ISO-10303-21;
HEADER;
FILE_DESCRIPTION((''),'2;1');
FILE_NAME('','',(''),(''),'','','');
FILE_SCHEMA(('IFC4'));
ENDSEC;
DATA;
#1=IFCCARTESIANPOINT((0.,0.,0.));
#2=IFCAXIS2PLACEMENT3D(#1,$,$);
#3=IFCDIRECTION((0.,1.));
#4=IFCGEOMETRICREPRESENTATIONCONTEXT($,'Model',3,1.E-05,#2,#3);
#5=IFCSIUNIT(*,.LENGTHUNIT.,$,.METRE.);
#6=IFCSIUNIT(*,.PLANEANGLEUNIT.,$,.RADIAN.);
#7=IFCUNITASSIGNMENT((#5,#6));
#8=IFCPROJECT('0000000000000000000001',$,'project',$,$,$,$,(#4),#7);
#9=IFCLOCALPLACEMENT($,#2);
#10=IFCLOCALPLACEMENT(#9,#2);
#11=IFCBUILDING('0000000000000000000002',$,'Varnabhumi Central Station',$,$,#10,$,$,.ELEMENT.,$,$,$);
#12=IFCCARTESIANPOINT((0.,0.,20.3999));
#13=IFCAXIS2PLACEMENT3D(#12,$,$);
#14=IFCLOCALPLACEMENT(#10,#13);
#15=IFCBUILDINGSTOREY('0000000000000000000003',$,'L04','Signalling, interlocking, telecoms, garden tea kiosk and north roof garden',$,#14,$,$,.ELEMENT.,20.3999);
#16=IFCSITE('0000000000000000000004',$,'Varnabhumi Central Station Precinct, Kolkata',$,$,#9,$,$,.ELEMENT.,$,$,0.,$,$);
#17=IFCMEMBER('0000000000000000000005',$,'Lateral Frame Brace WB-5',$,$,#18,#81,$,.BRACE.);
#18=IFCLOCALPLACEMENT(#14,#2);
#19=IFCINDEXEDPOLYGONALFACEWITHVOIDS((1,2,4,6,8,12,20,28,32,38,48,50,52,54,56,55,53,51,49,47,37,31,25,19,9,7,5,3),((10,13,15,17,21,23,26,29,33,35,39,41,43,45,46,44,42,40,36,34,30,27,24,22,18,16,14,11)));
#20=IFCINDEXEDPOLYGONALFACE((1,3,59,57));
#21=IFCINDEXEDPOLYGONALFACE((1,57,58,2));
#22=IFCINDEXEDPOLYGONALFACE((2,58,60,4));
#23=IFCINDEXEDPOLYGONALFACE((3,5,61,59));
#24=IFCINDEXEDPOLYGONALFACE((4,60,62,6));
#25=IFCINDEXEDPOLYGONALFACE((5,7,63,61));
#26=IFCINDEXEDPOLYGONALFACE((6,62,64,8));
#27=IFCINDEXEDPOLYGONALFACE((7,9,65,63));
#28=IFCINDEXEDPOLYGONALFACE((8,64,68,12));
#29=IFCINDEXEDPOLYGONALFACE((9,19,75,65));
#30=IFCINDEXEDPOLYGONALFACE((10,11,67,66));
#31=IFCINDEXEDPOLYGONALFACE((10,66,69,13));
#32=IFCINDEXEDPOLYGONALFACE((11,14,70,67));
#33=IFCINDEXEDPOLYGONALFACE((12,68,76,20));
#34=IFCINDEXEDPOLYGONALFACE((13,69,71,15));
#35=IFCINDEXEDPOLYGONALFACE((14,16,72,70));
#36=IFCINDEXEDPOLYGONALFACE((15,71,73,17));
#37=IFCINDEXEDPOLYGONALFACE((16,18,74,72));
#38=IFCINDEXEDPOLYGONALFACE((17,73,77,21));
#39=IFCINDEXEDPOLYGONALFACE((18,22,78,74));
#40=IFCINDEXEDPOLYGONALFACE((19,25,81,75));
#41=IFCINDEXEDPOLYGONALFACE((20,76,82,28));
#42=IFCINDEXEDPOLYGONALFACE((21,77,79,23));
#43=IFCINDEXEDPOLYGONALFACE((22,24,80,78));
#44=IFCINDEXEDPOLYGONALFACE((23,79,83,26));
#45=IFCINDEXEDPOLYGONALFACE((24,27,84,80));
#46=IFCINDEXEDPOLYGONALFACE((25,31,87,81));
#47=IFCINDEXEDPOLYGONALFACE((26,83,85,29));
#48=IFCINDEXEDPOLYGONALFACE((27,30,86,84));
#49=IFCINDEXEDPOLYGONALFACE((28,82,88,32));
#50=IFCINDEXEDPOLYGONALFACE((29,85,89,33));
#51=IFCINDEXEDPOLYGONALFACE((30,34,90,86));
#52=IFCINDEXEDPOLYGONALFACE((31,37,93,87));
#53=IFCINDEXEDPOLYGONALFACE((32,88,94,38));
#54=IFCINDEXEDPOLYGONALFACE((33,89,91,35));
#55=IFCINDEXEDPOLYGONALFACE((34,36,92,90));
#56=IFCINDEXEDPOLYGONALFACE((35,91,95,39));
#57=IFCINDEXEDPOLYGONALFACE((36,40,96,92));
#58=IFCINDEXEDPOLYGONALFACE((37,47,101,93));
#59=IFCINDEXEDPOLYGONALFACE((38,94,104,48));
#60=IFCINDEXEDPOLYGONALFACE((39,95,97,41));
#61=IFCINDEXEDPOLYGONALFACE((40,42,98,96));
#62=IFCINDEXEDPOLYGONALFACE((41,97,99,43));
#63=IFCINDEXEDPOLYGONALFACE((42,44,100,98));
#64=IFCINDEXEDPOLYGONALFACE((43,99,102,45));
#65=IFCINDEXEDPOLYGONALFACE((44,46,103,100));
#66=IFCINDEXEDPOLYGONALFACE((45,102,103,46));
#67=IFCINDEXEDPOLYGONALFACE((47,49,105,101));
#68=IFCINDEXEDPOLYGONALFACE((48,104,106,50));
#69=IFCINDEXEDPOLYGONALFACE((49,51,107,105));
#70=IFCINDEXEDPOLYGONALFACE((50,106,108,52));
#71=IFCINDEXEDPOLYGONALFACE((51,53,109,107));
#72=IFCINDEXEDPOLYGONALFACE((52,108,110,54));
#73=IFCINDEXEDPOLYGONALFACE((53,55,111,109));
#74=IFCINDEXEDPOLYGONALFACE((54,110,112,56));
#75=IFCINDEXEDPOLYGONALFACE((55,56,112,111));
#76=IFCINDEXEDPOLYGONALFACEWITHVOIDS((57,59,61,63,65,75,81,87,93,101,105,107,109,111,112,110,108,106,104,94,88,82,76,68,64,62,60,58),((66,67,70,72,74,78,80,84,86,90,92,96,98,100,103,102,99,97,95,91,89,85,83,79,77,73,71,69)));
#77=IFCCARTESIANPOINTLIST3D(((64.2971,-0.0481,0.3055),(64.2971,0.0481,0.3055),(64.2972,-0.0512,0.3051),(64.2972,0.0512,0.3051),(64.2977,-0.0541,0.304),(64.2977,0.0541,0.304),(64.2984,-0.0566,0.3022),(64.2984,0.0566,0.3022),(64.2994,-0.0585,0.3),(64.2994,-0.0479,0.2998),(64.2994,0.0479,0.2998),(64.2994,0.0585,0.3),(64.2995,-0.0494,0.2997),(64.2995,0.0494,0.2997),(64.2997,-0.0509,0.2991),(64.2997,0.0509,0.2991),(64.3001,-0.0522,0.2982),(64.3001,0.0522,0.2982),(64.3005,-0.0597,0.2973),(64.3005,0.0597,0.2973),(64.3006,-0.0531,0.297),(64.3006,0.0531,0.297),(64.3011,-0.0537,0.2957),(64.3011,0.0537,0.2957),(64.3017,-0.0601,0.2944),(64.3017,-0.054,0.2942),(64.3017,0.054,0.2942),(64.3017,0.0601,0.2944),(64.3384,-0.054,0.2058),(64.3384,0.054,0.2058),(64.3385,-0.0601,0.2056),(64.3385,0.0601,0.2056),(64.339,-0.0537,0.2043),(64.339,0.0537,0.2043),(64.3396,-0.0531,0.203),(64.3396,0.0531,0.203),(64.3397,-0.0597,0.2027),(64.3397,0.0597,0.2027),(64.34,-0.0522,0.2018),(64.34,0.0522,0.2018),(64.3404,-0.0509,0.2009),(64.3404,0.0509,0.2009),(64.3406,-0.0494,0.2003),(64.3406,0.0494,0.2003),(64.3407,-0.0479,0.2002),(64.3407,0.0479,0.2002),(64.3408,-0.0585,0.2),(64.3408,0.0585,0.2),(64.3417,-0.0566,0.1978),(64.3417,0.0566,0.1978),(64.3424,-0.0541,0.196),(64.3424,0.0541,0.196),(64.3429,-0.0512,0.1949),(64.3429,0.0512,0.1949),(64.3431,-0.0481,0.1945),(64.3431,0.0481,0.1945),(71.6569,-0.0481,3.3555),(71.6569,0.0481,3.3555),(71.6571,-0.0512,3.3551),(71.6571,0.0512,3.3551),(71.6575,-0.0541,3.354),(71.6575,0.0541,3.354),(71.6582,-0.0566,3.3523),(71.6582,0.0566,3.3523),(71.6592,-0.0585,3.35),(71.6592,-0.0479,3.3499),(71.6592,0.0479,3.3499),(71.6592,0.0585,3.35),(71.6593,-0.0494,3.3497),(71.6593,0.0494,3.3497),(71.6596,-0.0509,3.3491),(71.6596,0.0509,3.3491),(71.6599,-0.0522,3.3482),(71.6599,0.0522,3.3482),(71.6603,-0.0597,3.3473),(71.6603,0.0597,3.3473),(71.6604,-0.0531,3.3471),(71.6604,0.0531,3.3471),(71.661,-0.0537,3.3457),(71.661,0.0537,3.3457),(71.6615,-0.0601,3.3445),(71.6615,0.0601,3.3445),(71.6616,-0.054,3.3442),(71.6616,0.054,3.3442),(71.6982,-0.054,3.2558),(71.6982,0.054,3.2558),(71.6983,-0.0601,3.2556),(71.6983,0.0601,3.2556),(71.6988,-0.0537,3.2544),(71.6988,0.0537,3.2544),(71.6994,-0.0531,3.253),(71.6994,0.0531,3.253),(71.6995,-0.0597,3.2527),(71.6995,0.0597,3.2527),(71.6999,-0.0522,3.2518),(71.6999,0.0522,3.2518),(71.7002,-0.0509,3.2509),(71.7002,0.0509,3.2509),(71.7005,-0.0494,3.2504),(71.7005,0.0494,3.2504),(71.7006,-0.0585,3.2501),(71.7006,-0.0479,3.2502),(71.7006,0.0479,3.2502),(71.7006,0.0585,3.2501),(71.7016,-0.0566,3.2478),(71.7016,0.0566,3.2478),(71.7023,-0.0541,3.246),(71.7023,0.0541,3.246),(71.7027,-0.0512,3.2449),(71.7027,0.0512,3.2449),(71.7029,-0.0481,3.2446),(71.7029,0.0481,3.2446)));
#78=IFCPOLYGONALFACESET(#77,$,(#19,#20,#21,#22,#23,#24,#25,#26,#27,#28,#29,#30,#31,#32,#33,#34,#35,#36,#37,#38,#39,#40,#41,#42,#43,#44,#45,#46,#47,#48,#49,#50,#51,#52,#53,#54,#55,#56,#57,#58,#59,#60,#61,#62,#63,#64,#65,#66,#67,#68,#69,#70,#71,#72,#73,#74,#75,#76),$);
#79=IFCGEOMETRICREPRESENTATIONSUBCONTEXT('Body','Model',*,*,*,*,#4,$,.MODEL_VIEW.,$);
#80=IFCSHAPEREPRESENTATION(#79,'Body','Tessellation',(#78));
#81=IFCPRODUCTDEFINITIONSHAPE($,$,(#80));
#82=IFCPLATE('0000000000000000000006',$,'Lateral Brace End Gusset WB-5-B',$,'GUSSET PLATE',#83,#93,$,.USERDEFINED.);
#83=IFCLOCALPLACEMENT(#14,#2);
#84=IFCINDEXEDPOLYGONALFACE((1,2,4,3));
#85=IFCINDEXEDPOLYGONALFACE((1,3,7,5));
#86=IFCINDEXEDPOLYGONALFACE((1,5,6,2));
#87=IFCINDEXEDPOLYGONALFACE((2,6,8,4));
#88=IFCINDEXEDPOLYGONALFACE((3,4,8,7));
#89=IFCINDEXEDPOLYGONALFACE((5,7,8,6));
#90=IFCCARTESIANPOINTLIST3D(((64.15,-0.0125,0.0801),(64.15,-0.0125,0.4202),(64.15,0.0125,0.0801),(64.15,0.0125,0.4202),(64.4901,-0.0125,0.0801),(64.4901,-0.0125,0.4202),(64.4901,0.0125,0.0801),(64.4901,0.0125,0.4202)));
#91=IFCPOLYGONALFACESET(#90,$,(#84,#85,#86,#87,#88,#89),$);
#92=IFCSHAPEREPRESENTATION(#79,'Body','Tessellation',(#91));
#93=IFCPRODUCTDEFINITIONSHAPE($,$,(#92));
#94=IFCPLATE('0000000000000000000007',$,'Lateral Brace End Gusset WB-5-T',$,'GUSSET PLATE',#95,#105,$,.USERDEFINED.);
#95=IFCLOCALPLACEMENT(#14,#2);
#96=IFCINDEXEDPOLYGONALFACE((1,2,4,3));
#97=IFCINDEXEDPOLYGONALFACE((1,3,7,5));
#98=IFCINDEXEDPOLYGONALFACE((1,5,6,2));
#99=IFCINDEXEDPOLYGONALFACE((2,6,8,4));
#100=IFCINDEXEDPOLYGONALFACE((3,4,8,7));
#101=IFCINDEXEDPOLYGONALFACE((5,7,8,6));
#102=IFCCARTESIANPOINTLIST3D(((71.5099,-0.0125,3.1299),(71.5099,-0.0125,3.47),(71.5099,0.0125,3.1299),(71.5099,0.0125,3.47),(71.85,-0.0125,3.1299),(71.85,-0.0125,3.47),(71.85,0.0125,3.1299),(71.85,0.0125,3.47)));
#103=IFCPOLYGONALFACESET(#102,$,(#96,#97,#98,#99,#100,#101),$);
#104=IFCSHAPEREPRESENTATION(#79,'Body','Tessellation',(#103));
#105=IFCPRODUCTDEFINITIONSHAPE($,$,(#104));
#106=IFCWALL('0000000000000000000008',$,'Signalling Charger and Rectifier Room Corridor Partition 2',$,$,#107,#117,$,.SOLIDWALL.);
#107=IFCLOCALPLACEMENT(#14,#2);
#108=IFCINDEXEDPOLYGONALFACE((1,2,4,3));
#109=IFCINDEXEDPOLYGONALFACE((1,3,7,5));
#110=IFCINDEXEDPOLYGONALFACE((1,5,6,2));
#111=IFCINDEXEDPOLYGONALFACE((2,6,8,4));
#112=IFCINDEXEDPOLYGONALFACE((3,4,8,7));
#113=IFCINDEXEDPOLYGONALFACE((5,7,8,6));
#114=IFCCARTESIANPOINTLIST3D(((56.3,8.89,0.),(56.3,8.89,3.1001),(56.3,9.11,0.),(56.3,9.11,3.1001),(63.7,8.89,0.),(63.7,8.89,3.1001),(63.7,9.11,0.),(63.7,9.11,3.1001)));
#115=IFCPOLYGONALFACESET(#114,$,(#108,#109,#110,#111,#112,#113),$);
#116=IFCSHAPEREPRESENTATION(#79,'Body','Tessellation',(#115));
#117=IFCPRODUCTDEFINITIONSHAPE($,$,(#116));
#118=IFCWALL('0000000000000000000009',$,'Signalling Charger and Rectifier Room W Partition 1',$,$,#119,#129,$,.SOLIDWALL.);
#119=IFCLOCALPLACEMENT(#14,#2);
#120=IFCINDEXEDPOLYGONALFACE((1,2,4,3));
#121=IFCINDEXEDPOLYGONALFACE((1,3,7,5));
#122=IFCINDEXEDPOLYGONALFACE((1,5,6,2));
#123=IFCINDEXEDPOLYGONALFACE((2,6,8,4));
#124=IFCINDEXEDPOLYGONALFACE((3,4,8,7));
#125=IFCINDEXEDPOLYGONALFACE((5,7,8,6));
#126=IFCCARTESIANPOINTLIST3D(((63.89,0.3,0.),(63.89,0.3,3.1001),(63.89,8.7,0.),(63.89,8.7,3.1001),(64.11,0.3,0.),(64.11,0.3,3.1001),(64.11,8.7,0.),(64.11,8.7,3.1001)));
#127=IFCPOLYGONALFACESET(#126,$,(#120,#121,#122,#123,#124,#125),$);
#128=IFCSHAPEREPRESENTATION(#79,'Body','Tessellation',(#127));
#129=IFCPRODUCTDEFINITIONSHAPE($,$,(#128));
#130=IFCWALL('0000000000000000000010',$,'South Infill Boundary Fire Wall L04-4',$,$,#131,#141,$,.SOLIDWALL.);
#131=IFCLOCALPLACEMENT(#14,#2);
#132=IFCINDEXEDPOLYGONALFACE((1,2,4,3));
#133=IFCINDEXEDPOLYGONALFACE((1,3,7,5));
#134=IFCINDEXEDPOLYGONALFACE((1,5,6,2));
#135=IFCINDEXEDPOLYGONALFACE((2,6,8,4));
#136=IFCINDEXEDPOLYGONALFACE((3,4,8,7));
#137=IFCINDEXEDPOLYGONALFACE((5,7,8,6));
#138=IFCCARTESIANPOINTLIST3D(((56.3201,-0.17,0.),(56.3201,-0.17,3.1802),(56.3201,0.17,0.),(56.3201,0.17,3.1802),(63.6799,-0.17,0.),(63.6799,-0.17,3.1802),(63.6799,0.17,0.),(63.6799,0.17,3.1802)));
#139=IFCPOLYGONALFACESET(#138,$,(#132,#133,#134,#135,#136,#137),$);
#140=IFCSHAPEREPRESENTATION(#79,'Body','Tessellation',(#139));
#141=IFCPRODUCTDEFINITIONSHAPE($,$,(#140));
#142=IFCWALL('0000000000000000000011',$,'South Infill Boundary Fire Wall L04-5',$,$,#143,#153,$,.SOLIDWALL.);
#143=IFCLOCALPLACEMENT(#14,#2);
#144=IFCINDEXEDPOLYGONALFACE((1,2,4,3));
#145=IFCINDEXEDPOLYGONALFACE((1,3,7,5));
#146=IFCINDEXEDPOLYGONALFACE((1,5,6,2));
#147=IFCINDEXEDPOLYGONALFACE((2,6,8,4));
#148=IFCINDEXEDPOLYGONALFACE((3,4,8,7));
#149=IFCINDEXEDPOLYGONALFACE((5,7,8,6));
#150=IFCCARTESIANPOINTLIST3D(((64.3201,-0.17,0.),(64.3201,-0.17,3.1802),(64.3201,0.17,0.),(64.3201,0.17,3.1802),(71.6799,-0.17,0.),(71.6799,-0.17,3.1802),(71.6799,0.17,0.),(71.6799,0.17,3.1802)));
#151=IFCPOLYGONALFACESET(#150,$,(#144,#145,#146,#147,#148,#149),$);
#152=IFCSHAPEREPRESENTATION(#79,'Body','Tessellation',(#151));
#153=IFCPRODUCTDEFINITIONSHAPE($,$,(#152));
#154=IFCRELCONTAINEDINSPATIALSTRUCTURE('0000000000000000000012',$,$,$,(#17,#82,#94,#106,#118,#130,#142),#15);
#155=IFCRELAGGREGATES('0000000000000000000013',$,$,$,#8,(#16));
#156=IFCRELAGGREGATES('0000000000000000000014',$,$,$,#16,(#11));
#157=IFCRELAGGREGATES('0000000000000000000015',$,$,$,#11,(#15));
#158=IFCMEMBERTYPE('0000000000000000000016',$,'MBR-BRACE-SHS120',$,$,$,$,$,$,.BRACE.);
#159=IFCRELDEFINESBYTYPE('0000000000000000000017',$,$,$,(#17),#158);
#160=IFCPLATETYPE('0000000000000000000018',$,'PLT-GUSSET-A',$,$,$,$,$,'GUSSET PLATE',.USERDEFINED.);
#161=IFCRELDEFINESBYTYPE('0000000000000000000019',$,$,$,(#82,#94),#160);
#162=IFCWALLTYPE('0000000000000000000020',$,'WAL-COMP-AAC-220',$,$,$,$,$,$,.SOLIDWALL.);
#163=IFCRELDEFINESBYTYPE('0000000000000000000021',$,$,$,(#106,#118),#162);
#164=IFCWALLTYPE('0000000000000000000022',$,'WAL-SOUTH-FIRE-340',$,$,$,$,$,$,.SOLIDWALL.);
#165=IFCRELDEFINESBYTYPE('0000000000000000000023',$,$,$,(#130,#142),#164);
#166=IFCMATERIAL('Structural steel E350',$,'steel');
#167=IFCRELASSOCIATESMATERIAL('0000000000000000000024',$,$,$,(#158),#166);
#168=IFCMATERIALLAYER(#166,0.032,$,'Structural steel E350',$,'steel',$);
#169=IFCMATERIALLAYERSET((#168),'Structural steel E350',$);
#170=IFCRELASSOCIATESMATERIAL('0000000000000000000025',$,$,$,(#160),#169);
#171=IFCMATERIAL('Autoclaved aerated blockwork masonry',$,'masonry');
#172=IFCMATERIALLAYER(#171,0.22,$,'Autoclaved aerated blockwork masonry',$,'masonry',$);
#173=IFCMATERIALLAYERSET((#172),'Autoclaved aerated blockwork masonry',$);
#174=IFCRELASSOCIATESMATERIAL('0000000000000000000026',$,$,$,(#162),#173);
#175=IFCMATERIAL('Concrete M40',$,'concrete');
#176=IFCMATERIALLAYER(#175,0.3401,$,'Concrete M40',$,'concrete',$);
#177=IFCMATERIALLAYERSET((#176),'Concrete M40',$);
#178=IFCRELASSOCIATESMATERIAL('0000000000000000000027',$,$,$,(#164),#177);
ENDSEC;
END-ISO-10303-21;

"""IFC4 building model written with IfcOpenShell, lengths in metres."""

from ifc_helpers import new_model, si_unit, direction, frame, frame_2d, origin, origin_2d, place, context, subcontext, project, spatial, rectangle, hollow_rectangle, extrude, material, layer, layer_set, material_profile, profile_set, type_object, element, save


model = new_model("IFC4")

# Units and contexts
model_context = context("Model", 3, precision=1e-05, world=origin(), true_north=direction((0.0, 1.0)))
body_context = subcontext(model_context, "Body", "Model", "MODEL_VIEW")
ifc_project = project(units=[si_unit("LENGTHUNIT", "METRE"), si_unit("PLANEANGLEUNIT", "RADIAN")], contexts=[model_context])

# Site, building, storey
site_placement = place(None, origin())
site = spatial("IfcSite", under=ifc_project, at=site_placement, Name="Varnabhumi Central Station Precinct, Kolkata", CompositionType="ELEMENT", RefElevation=0.0)
building_placement = place(site_placement, origin())
building = spatial("IfcBuilding", under=site, at=building_placement, Name="Varnabhumi Central Station", CompositionType="ELEMENT")
storey_placement = place(building_placement, frame((0.0, 0.0, 20.3999)))
storey = spatial("IfcBuildingStorey", under=building, at=storey_placement, Name="L04", Description="Signalling, interlocking, telecoms, garden tea kiosk and north roof garden", CompositionType="ELEMENT", Elevation=20.3999)

# Shared definitions
ifc_material_1 = material(Name="Concrete M40", Category="concrete")

# Shared definitions
ifc_material_2 = material(Name="Structural steel E350", Category="steel")

# Member
ifc_material_profile_1 = material_profile(ifc_material_2, hollow_rectangle(XDim=0.1201, YDim=0.1201, WallThickness=0.0061, InnerFilletRadius=0.0061, OuterFilletRadius=0.012, at=origin_2d()), Name="Structural steel E350", Category="steel")
ifc_profile_set_1 = profile_set([ifc_material_profile_1], Name="Structural steel E350")
member_type = type_object("IfcMemberType", Name="MBR-BRACE-SHS120", PredefinedType="BRACE", material=ifc_profile_set_1)
member_placement = place(storey_placement, frame((64.3201, 0.0, 0.25), z_axis=(0.923813, 0.0, 0.382843), x_axis=(0.0, 1.0, 0.0)))
element("IfcMember", 1, at=member_placement, inside=storey, type_object=member_type, Name="Lateral Frame Brace WB-5", PredefinedType="BRACE", context=body_context, shape_type="SweptSolid", body=[
    extrude(hollow_rectangle(XDim=0.1201, YDim=0.1201, WallThickness=0.0061, InnerFilletRadius=0.0061, OuterFilletRadius=0.012, at=origin_2d()), origin(), (0.0, 0.0, 1.0), 7.9668),
])

# Plates
ifc_layer_1 = layer(ifc_material_2, 0.032, Name="Structural steel E350", Category="steel")
ifc_layer_set_1 = layer_set([ifc_layer_1], Name="Structural steel E350")
plate_type = type_object("IfcPlateType", Name="PLT-GUSSET-A", ElementType="GUSSET PLATE", PredefinedType="USERDEFINED", material=ifc_layer_set_1)
for number, where, z_axis, x_axis, name in (
    (2, (64.3201, 0.0, 0.0801), (0.0, 0.0, 1.0), (1.0, 0.0, 0.0), "Lateral Brace End Gusset WB-5-B"),
    (3, (71.6799, 0.0, 3.1299), (0.0, 0.0, 1.0), (1.0, 0.0, 0.0), "Lateral Brace End Gusset WB-5-T"),
):
    element("IfcPlate", number, at=place(storey_placement, frame(where, z_axis=z_axis, x_axis=x_axis)), inside=storey, type_object=plate_type, Name=name, ObjectType="GUSSET PLATE", PredefinedType="USERDEFINED", context=body_context, shape_type="SweptSolid", body=[
        extrude(rectangle(XDim=0.3401, YDim=0.0249, at=origin_2d()), origin(), (0.0, 0.0, 1.0), 0.3401),
    ])

# Walls
ifc_material_3 = material(Name="Autoclaved aerated blockwork masonry", Category="masonry")
ifc_layer_2 = layer(ifc_material_3, 0.22, Name="Autoclaved aerated blockwork masonry", Category="masonry")
ifc_layer_set_2 = layer_set([ifc_layer_2], Name="Autoclaved aerated blockwork masonry")
wall_type_1 = type_object("IfcWallType", Name="WAL-COMP-AAC-220", PredefinedType="SOLIDWALL", material=ifc_layer_set_2)
wall_1_placement = place(storey_placement, frame((56.3, 9.0, 0.0), z_axis=(0.0, 0.0, 1.0), x_axis=(1.0, 0.0, 0.0)))
element("IfcWall", 4, at=wall_1_placement, inside=storey, type_object=wall_type_1, Name="Signalling Charger and Rectifier Room Corridor Partition 2", PredefinedType="SOLIDWALL", context=body_context, shape_type="SweptSolid", body=[
    extrude(rectangle(XDim=7.3999, YDim=0.22, at=frame_2d((3.7, 0.0))), origin(), (0.0, 0.0, 1.0), 3.1001),
])
wall_2_placement = place(storey_placement, frame((64.0, 0.3, 0.0), z_axis=(0.0, 0.0, 1.0), x_axis=(0.0, 1.0, 0.0)))
element("IfcWall", 5, at=wall_2_placement, inside=storey, type_object=wall_type_1, Name="Signalling Charger and Rectifier Room W Partition 1", PredefinedType="SOLIDWALL", context=body_context, shape_type="SweptSolid", body=[
    extrude(rectangle(XDim=8.3999, YDim=0.22, at=frame_2d((4.2, 0.0))), origin(), (0.0, 0.0, 1.0), 3.1001),
])

# Walls
ifc_layer_3 = layer(ifc_material_1, 0.3401, Name="Concrete M40", Category="concrete")
ifc_layer_set_3 = layer_set([ifc_layer_3], Name="Concrete M40")
wall_type_2 = type_object("IfcWallType", Name="WAL-SOUTH-FIRE-340", PredefinedType="SOLIDWALL", material=ifc_layer_set_3)
for number, where, z_axis, x_axis, name in (
    (6, (56.3201, 0.0, 0.0), (0.0, 0.0, 1.0), (1.0, 0.0, 0.0), "South Infill Boundary Fire Wall L04-4"),
    (7, (64.3201, 0.0, 0.0), (0.0, 0.0, 1.0), (1.0, 0.0, 0.0), "South Infill Boundary Fire Wall L04-5"),
):
    element("IfcWall", number, at=place(storey_placement, frame(where, z_axis=z_axis, x_axis=x_axis)), inside=storey, type_object=wall_type_2, Name=name, PredefinedType="SOLIDWALL", context=body_context, shape_type="SweptSolid", body=[
        extrude(rectangle(XDim=7.3599, YDim=0.3401, at=frame_2d((3.6799, 0.0))), origin(), (0.0, 0.0, 1.0), 3.1802),
    ])

save(model, "model.ifc")
